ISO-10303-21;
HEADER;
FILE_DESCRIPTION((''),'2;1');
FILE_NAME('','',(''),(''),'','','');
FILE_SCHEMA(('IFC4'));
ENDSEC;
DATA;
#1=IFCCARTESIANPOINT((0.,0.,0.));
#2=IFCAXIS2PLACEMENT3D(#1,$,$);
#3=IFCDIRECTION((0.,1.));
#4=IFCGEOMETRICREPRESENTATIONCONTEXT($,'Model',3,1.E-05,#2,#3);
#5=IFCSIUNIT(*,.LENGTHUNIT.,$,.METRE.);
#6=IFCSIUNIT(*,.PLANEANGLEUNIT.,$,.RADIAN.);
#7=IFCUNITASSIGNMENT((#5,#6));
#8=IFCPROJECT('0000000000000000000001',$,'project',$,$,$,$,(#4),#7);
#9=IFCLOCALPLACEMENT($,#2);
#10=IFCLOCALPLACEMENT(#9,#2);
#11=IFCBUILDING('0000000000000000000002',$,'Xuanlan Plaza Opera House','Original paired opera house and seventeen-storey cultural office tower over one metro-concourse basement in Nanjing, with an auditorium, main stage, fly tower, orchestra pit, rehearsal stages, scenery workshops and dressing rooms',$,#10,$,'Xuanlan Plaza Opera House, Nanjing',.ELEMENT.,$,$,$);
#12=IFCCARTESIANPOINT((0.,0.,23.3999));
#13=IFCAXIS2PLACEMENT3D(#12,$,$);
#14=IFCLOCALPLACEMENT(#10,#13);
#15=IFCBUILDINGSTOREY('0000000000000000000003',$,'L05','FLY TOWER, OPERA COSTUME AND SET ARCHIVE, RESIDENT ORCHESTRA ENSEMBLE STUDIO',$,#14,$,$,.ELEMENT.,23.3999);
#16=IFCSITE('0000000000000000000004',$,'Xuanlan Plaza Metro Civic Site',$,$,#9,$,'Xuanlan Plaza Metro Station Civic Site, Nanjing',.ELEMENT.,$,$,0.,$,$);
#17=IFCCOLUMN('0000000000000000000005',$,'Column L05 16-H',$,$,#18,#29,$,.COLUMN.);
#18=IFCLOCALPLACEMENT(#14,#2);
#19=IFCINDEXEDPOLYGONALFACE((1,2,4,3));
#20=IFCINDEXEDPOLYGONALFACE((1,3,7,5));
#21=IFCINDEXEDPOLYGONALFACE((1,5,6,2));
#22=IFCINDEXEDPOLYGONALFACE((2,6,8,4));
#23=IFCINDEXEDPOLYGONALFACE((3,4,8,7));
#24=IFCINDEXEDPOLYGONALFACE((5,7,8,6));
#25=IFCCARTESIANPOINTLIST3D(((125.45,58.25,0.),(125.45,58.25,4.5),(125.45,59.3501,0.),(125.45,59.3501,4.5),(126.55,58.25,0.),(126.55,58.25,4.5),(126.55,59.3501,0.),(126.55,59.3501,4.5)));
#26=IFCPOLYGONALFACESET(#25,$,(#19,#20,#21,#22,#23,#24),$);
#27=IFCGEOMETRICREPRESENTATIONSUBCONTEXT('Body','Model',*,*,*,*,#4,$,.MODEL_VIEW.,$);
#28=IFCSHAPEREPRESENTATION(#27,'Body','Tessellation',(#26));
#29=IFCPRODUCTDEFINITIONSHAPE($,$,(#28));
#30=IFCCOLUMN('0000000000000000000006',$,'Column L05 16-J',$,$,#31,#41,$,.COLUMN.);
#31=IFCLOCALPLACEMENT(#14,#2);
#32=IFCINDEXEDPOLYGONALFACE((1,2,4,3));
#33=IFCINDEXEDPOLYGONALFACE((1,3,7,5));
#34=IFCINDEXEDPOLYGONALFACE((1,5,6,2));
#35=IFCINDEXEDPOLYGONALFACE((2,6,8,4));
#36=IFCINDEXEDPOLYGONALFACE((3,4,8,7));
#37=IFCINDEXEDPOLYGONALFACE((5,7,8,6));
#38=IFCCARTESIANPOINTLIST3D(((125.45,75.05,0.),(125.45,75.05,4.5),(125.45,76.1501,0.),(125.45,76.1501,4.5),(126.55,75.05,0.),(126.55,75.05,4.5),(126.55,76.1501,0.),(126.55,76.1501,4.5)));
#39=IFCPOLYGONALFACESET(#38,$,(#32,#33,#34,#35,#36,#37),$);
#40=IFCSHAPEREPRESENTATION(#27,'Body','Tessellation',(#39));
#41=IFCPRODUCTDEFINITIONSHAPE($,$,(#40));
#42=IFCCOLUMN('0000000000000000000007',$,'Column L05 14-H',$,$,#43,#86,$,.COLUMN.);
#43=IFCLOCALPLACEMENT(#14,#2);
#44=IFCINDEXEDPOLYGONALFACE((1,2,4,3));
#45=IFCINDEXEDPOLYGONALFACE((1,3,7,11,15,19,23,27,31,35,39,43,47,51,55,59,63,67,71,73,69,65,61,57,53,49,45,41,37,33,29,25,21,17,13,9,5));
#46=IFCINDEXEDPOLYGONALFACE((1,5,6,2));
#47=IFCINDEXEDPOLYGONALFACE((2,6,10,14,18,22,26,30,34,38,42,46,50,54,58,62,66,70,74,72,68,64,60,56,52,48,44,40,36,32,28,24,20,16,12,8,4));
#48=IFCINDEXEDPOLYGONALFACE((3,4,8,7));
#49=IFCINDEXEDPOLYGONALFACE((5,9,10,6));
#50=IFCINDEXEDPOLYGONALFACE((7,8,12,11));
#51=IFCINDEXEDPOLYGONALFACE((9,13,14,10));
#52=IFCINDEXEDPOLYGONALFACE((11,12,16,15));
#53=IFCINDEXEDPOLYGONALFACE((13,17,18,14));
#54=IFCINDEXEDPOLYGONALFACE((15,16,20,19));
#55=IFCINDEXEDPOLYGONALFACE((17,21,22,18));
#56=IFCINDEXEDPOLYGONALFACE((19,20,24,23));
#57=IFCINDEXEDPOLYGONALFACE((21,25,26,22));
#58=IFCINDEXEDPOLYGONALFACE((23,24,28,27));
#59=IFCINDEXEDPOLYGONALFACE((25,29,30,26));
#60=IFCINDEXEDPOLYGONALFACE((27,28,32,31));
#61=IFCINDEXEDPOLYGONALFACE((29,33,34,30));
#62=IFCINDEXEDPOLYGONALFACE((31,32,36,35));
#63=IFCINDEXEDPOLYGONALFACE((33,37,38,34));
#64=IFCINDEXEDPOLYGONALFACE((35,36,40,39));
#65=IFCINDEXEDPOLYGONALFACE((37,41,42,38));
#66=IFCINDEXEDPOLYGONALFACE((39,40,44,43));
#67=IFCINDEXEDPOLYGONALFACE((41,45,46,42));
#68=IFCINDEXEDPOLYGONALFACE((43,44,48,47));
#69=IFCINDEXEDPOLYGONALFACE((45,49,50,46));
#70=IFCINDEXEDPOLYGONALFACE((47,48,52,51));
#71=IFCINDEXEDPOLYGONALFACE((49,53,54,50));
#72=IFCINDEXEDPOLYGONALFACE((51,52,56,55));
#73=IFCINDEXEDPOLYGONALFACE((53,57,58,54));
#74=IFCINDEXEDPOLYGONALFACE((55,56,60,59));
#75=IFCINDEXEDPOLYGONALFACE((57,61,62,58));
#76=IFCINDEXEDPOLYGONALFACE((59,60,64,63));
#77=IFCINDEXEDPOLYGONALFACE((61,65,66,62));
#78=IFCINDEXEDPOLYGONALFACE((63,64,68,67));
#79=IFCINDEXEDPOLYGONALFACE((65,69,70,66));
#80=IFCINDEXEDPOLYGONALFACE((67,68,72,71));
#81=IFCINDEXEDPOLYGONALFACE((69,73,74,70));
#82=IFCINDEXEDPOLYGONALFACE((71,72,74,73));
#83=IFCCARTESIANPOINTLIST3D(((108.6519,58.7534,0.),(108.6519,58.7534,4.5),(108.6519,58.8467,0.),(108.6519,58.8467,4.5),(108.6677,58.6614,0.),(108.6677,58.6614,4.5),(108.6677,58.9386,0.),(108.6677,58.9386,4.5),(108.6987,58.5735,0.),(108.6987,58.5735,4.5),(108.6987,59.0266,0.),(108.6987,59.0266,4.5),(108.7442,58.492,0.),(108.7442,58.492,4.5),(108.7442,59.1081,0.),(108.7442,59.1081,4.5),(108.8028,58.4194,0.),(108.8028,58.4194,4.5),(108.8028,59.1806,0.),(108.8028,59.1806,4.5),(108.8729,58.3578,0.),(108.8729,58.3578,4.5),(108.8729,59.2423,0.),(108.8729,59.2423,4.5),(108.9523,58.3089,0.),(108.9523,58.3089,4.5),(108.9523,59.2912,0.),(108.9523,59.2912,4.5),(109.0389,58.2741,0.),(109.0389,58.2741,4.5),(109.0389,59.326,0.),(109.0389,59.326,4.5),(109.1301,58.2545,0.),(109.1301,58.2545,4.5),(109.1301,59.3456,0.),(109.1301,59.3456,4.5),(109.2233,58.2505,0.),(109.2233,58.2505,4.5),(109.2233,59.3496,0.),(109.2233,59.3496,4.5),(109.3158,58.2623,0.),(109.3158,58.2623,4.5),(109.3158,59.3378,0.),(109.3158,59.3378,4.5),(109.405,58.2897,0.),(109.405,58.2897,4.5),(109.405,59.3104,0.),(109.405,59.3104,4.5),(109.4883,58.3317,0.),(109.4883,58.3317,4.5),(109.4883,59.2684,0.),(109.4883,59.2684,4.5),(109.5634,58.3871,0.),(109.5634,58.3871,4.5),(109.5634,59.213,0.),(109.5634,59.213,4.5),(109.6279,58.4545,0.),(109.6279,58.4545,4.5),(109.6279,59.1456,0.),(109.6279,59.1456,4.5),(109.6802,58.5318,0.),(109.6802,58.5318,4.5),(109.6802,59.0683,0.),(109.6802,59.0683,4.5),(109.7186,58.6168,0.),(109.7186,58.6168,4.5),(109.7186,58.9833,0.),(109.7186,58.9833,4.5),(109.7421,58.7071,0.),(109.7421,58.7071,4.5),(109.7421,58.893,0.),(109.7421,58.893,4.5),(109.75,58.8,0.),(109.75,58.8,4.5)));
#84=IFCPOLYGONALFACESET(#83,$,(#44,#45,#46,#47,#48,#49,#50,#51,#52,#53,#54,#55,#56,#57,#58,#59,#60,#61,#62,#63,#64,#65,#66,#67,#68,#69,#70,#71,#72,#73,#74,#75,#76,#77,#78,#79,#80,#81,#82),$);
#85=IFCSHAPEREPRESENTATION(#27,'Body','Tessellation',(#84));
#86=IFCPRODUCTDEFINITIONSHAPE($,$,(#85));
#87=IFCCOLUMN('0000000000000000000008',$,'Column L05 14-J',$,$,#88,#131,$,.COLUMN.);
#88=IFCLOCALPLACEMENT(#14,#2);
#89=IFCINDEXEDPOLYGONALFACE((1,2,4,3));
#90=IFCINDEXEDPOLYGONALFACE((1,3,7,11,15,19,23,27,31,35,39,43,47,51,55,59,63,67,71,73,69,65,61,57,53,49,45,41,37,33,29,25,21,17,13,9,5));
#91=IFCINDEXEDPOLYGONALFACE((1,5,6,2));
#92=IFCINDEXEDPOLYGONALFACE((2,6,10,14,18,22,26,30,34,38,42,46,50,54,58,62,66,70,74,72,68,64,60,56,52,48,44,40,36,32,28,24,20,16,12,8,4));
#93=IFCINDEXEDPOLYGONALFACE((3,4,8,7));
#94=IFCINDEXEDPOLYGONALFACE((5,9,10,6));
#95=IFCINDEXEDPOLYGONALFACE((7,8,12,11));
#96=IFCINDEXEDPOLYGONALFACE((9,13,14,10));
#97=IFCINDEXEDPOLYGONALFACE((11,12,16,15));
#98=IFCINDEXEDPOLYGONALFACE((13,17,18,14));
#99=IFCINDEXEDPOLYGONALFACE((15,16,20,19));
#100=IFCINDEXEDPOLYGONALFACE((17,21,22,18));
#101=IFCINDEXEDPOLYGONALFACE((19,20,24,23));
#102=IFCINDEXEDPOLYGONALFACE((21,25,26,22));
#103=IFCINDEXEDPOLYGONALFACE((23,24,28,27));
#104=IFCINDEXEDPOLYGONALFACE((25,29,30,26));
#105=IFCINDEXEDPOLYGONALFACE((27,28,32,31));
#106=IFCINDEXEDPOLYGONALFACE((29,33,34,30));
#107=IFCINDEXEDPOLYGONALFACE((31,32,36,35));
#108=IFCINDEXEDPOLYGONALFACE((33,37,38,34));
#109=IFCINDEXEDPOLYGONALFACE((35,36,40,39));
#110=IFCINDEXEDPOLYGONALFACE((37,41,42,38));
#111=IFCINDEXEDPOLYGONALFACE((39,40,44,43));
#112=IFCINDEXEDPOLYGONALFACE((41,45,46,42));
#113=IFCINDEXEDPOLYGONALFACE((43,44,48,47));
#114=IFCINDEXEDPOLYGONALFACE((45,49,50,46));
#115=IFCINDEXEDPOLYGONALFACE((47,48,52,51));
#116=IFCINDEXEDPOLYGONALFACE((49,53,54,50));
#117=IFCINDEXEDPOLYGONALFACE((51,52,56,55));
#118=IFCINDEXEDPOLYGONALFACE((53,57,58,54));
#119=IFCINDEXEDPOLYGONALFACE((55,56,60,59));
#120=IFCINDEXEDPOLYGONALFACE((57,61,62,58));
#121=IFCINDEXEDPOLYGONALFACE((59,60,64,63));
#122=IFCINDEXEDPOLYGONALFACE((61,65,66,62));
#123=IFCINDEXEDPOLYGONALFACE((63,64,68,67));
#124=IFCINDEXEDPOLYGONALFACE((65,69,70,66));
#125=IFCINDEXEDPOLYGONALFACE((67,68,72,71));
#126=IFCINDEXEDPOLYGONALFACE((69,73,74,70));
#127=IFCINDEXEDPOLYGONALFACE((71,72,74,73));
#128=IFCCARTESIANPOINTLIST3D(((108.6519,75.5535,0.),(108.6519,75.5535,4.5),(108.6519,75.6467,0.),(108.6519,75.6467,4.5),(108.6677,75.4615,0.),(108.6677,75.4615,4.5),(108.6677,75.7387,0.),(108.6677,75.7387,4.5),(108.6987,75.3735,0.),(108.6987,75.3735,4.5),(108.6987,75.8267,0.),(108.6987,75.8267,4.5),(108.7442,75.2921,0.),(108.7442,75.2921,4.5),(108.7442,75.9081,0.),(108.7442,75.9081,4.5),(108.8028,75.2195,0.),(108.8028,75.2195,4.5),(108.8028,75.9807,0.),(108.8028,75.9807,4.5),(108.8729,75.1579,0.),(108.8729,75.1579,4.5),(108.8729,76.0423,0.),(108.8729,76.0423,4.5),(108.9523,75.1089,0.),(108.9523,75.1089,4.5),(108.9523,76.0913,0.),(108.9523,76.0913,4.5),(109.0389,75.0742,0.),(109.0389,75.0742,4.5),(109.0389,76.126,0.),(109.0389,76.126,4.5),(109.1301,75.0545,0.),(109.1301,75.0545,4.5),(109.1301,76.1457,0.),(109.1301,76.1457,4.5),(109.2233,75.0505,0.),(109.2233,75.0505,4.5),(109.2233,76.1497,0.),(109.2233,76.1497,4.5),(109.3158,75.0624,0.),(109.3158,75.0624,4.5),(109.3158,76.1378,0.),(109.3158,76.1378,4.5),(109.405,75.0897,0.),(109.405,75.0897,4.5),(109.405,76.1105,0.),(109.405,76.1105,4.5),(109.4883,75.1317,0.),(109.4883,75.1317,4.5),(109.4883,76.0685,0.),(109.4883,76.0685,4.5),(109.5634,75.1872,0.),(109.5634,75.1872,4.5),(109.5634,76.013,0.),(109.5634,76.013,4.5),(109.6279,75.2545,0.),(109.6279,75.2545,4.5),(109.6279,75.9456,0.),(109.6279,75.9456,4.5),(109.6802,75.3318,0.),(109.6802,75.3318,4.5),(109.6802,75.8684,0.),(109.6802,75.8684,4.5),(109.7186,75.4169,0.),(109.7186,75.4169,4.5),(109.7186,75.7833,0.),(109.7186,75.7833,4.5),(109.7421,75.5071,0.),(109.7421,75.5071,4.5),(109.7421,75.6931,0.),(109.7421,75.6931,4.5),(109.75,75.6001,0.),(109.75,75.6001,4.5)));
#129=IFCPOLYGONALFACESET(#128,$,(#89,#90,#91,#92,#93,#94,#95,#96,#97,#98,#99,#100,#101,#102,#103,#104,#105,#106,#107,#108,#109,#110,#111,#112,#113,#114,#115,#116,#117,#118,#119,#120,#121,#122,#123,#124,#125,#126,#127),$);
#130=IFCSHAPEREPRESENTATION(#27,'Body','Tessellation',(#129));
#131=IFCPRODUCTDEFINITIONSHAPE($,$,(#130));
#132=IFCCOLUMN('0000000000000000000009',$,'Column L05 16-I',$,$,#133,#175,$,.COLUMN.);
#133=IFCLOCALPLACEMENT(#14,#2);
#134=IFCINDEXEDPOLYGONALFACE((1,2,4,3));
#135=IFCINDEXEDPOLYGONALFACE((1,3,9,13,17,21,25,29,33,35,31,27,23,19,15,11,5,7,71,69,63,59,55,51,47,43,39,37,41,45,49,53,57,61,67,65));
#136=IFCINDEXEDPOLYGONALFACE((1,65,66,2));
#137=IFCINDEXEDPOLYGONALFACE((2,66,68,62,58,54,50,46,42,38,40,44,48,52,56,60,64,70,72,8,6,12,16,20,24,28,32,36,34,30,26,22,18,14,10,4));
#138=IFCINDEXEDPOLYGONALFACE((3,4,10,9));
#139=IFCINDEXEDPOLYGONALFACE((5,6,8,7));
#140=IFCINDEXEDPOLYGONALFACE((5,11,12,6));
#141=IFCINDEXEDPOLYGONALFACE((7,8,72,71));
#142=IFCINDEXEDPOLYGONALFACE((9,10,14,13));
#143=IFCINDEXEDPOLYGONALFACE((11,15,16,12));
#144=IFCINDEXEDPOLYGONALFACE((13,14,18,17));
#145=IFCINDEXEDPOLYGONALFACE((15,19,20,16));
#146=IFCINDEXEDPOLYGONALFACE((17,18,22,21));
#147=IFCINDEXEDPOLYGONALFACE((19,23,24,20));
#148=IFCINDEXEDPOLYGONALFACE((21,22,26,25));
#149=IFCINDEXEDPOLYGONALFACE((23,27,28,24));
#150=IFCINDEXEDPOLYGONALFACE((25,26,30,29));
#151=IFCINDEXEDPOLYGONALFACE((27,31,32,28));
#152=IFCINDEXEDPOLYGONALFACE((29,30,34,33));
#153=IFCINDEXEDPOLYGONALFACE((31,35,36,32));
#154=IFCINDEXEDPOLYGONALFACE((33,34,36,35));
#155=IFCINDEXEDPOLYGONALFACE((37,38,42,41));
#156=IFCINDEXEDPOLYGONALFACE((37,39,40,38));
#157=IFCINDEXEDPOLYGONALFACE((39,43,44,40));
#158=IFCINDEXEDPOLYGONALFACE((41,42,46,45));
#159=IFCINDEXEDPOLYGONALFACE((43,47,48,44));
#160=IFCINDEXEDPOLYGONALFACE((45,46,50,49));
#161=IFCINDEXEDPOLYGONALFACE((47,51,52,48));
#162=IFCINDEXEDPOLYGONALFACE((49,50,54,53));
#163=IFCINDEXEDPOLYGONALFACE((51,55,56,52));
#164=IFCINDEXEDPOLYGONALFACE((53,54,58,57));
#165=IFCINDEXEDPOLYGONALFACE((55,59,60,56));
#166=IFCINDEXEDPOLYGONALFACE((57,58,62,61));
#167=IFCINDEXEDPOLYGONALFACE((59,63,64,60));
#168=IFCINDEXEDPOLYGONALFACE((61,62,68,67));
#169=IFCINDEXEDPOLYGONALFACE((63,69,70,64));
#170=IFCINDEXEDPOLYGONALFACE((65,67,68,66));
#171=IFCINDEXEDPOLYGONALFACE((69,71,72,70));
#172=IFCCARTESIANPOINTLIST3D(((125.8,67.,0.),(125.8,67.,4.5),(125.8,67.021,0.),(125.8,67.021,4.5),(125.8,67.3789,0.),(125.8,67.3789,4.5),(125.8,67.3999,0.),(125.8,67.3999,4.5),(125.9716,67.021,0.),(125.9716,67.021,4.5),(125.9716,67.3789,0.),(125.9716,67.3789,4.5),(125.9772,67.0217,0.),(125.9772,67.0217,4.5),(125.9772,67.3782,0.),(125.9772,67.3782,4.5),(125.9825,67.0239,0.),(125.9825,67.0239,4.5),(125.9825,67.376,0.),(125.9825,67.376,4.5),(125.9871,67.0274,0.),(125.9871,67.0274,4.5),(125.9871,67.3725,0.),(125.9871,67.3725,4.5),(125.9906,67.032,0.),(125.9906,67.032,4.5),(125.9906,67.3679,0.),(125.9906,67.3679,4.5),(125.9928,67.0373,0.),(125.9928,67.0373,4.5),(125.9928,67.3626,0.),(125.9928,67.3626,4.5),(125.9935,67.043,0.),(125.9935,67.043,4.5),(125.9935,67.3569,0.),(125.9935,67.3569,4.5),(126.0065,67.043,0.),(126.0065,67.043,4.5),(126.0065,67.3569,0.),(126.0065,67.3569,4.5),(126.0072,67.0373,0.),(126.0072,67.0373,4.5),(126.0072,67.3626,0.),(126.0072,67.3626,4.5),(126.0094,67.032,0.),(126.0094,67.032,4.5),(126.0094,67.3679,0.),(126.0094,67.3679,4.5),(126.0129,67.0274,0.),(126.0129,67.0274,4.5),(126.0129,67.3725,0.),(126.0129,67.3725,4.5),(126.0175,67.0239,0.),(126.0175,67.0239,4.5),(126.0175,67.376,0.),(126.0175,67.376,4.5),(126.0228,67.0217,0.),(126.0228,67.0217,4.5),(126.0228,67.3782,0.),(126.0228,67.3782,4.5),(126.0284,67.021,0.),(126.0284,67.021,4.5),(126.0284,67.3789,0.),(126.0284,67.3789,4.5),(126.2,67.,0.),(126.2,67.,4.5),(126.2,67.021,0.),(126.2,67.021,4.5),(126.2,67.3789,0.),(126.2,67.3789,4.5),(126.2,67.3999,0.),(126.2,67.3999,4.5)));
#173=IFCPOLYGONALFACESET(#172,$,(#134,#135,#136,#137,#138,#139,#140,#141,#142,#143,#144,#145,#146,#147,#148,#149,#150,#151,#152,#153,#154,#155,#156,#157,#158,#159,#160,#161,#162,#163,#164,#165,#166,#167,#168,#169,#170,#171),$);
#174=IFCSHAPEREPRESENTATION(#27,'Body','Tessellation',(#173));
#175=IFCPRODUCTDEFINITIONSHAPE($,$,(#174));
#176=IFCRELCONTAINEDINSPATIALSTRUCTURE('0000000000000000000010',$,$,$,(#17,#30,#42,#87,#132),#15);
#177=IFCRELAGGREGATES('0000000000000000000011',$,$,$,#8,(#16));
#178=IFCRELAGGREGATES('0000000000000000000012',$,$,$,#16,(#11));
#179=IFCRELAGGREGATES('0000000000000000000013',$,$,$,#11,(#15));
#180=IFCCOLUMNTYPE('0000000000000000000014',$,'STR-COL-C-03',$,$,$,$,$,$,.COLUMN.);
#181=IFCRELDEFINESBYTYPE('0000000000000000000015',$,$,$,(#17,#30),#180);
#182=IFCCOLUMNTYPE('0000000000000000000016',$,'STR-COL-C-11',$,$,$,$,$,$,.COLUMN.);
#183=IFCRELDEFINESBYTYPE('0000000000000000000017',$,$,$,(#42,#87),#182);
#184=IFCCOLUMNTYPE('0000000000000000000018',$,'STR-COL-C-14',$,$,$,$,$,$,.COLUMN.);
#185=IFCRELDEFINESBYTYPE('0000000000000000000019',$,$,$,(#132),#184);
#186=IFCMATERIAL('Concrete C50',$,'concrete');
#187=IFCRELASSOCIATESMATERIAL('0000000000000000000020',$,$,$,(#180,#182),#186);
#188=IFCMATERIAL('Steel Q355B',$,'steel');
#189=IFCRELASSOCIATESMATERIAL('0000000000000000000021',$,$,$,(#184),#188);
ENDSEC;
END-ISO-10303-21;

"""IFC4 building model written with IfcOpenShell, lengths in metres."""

from ifc_helpers import new_model, si_unit, direction, frame, origin, origin_2d, place, context, subcontext, project, spatial, rectangle, circle, i_section, extrude, material, material_profile, profile_set, type_object, element, save


model = new_model("IFC4")

# Units and contexts
model_context = context("Model", 3, precision=1e-05, world=origin(), true_north=direction((0.0, 1.0)))
body_context = subcontext(model_context, "Body", "Model", "MODEL_VIEW")
ifc_project = project(units=[si_unit("LENGTHUNIT", "METRE"), si_unit("PLANEANGLEUNIT", "RADIAN")], contexts=[model_context])

# Site, building, storey
site_placement = place(None, origin())
site = spatial("IfcSite", under=ifc_project, at=site_placement, Name="Xuanlan Plaza Metro Civic Site", LongName="Xuanlan Plaza Metro Station Civic Site, Nanjing", CompositionType="ELEMENT", RefElevation=0.0)
building_placement = place(site_placement, origin())
building = spatial("IfcBuilding", under=site, at=building_placement, Name="Xuanlan Plaza Opera House", Description="Original paired opera house and seventeen-storey cultural office tower over one metro-concourse basement in Nanjing, with an auditorium, main stage, fly tower, orchestra pit, rehearsal stages, scenery workshops and dressing rooms", LongName="Xuanlan Plaza Opera House, Nanjing", CompositionType="ELEMENT")
storey_placement = place(building_placement, frame((0.0, 0.0, 23.3999)))
storey = spatial("IfcBuildingStorey", under=building, at=storey_placement, Name="L05", Description="FLY TOWER, OPERA COSTUME AND SET ARCHIVE, RESIDENT ORCHESTRA ENSEMBLE STUDIO", CompositionType="ELEMENT", Elevation=23.3999)

# Columns
ifc_material_1 = material(Name="Concrete C50", Category="concrete")
ifc_material_profile_1 = material_profile(ifc_material_1, rectangle(XDim=1.1001, YDim=1.1001, at=origin_2d()), Name="RC-COL 1100x1100")
ifc_profile_set_1 = profile_set([ifc_material_profile_1], Name="Concrete C50")
column_type_1 = type_object("IfcColumnType", Name="STR-COL-C-03", PredefinedType="COLUMN", material=ifc_profile_set_1)
for number, where, z_axis, x_axis, name in (
    (1, (126.0, 58.8, 0.0), (0.0, 0.0, 1.0), (1.0, 0.0, 0.0), "Column L05 16-H"),
    (2, (126.0, 75.6001, 0.0), (0.0, 0.0, 1.0), (1.0, 0.0, 0.0), "Column L05 16-J"),
):
    element("IfcColumn", number, at=place(storey_placement, frame(where, z_axis=z_axis, x_axis=x_axis)), inside=storey, type_object=column_type_1, Name=name, PredefinedType="COLUMN", context=body_context, shape_type="SweptSolid", body=[
        extrude(rectangle(XDim=1.1001, YDim=1.1001, at=origin_2d()), origin(), (0.0, 0.0, 1.0), 4.5),
    ])
ifc_material_profile_2 = material_profile(ifc_material_1, circle(Radius=0.55, at=origin_2d()), Name="RC-COL D1100")
ifc_profile_set_2 = profile_set([ifc_material_profile_2], Name="Concrete C50")
column_type_2 = type_object("IfcColumnType", Name="STR-COL-C-11", PredefinedType="COLUMN", material=ifc_profile_set_2)
for number, where, z_axis, x_axis, name in (
    (3, (109.2, 58.8, 0.0), (0.0, 0.0, 1.0), (1.0, 0.0, 0.0), "Column L05 14-H"),
    (4, (109.2, 75.6001, 0.0), (0.0, 0.0, 1.0), (1.0, 0.0, 0.0), "Column L05 14-J"),
):
    element("IfcColumn", number, at=place(storey_placement, frame(where, z_axis=z_axis, x_axis=x_axis)), inside=storey, type_object=column_type_2, Name=name, PredefinedType="COLUMN", context=body_context, shape_type="SweptSolid", body=[
        extrude(circle(Radius=0.55, at=origin_2d()), origin(), (0.0, 0.0, 1.0), 4.5),
    ])
ifc_material_2 = material(Name="Steel Q355B", Category="steel")
ifc_material_profile_3 = material_profile(ifc_material_2, i_section(OverallWidth=0.3999, OverallDepth=0.3999, WebThickness=0.0129, FlangeThickness=0.021, FilletRadius=0.022, at=origin_2d()), Name="HW 400x400x13x21")
ifc_profile_set_3 = profile_set([ifc_material_profile_3], Name="Steel Q355B")
column_type_3 = type_object("IfcColumnType", Name="STR-COL-C-14", PredefinedType="COLUMN", material=ifc_profile_set_3)
column_placement = place(storey_placement, frame((126.0, 67.2, 0.0), z_axis=(0.0, 0.0, 1.0), x_axis=(1.0, 0.0, 0.0)))
element("IfcColumn", 5, at=column_placement, inside=storey, type_object=column_type_3, Name="Column L05 16-I", PredefinedType="COLUMN", context=body_context, shape_type="SweptSolid", body=[
    extrude(i_section(OverallWidth=0.3999, OverallDepth=0.3999, WebThickness=0.0129, FlangeThickness=0.021, FilletRadius=0.022, at=origin_2d()), origin(), (0.0, 0.0, 1.0), 4.5),
])

save(model, "model.ifc")
